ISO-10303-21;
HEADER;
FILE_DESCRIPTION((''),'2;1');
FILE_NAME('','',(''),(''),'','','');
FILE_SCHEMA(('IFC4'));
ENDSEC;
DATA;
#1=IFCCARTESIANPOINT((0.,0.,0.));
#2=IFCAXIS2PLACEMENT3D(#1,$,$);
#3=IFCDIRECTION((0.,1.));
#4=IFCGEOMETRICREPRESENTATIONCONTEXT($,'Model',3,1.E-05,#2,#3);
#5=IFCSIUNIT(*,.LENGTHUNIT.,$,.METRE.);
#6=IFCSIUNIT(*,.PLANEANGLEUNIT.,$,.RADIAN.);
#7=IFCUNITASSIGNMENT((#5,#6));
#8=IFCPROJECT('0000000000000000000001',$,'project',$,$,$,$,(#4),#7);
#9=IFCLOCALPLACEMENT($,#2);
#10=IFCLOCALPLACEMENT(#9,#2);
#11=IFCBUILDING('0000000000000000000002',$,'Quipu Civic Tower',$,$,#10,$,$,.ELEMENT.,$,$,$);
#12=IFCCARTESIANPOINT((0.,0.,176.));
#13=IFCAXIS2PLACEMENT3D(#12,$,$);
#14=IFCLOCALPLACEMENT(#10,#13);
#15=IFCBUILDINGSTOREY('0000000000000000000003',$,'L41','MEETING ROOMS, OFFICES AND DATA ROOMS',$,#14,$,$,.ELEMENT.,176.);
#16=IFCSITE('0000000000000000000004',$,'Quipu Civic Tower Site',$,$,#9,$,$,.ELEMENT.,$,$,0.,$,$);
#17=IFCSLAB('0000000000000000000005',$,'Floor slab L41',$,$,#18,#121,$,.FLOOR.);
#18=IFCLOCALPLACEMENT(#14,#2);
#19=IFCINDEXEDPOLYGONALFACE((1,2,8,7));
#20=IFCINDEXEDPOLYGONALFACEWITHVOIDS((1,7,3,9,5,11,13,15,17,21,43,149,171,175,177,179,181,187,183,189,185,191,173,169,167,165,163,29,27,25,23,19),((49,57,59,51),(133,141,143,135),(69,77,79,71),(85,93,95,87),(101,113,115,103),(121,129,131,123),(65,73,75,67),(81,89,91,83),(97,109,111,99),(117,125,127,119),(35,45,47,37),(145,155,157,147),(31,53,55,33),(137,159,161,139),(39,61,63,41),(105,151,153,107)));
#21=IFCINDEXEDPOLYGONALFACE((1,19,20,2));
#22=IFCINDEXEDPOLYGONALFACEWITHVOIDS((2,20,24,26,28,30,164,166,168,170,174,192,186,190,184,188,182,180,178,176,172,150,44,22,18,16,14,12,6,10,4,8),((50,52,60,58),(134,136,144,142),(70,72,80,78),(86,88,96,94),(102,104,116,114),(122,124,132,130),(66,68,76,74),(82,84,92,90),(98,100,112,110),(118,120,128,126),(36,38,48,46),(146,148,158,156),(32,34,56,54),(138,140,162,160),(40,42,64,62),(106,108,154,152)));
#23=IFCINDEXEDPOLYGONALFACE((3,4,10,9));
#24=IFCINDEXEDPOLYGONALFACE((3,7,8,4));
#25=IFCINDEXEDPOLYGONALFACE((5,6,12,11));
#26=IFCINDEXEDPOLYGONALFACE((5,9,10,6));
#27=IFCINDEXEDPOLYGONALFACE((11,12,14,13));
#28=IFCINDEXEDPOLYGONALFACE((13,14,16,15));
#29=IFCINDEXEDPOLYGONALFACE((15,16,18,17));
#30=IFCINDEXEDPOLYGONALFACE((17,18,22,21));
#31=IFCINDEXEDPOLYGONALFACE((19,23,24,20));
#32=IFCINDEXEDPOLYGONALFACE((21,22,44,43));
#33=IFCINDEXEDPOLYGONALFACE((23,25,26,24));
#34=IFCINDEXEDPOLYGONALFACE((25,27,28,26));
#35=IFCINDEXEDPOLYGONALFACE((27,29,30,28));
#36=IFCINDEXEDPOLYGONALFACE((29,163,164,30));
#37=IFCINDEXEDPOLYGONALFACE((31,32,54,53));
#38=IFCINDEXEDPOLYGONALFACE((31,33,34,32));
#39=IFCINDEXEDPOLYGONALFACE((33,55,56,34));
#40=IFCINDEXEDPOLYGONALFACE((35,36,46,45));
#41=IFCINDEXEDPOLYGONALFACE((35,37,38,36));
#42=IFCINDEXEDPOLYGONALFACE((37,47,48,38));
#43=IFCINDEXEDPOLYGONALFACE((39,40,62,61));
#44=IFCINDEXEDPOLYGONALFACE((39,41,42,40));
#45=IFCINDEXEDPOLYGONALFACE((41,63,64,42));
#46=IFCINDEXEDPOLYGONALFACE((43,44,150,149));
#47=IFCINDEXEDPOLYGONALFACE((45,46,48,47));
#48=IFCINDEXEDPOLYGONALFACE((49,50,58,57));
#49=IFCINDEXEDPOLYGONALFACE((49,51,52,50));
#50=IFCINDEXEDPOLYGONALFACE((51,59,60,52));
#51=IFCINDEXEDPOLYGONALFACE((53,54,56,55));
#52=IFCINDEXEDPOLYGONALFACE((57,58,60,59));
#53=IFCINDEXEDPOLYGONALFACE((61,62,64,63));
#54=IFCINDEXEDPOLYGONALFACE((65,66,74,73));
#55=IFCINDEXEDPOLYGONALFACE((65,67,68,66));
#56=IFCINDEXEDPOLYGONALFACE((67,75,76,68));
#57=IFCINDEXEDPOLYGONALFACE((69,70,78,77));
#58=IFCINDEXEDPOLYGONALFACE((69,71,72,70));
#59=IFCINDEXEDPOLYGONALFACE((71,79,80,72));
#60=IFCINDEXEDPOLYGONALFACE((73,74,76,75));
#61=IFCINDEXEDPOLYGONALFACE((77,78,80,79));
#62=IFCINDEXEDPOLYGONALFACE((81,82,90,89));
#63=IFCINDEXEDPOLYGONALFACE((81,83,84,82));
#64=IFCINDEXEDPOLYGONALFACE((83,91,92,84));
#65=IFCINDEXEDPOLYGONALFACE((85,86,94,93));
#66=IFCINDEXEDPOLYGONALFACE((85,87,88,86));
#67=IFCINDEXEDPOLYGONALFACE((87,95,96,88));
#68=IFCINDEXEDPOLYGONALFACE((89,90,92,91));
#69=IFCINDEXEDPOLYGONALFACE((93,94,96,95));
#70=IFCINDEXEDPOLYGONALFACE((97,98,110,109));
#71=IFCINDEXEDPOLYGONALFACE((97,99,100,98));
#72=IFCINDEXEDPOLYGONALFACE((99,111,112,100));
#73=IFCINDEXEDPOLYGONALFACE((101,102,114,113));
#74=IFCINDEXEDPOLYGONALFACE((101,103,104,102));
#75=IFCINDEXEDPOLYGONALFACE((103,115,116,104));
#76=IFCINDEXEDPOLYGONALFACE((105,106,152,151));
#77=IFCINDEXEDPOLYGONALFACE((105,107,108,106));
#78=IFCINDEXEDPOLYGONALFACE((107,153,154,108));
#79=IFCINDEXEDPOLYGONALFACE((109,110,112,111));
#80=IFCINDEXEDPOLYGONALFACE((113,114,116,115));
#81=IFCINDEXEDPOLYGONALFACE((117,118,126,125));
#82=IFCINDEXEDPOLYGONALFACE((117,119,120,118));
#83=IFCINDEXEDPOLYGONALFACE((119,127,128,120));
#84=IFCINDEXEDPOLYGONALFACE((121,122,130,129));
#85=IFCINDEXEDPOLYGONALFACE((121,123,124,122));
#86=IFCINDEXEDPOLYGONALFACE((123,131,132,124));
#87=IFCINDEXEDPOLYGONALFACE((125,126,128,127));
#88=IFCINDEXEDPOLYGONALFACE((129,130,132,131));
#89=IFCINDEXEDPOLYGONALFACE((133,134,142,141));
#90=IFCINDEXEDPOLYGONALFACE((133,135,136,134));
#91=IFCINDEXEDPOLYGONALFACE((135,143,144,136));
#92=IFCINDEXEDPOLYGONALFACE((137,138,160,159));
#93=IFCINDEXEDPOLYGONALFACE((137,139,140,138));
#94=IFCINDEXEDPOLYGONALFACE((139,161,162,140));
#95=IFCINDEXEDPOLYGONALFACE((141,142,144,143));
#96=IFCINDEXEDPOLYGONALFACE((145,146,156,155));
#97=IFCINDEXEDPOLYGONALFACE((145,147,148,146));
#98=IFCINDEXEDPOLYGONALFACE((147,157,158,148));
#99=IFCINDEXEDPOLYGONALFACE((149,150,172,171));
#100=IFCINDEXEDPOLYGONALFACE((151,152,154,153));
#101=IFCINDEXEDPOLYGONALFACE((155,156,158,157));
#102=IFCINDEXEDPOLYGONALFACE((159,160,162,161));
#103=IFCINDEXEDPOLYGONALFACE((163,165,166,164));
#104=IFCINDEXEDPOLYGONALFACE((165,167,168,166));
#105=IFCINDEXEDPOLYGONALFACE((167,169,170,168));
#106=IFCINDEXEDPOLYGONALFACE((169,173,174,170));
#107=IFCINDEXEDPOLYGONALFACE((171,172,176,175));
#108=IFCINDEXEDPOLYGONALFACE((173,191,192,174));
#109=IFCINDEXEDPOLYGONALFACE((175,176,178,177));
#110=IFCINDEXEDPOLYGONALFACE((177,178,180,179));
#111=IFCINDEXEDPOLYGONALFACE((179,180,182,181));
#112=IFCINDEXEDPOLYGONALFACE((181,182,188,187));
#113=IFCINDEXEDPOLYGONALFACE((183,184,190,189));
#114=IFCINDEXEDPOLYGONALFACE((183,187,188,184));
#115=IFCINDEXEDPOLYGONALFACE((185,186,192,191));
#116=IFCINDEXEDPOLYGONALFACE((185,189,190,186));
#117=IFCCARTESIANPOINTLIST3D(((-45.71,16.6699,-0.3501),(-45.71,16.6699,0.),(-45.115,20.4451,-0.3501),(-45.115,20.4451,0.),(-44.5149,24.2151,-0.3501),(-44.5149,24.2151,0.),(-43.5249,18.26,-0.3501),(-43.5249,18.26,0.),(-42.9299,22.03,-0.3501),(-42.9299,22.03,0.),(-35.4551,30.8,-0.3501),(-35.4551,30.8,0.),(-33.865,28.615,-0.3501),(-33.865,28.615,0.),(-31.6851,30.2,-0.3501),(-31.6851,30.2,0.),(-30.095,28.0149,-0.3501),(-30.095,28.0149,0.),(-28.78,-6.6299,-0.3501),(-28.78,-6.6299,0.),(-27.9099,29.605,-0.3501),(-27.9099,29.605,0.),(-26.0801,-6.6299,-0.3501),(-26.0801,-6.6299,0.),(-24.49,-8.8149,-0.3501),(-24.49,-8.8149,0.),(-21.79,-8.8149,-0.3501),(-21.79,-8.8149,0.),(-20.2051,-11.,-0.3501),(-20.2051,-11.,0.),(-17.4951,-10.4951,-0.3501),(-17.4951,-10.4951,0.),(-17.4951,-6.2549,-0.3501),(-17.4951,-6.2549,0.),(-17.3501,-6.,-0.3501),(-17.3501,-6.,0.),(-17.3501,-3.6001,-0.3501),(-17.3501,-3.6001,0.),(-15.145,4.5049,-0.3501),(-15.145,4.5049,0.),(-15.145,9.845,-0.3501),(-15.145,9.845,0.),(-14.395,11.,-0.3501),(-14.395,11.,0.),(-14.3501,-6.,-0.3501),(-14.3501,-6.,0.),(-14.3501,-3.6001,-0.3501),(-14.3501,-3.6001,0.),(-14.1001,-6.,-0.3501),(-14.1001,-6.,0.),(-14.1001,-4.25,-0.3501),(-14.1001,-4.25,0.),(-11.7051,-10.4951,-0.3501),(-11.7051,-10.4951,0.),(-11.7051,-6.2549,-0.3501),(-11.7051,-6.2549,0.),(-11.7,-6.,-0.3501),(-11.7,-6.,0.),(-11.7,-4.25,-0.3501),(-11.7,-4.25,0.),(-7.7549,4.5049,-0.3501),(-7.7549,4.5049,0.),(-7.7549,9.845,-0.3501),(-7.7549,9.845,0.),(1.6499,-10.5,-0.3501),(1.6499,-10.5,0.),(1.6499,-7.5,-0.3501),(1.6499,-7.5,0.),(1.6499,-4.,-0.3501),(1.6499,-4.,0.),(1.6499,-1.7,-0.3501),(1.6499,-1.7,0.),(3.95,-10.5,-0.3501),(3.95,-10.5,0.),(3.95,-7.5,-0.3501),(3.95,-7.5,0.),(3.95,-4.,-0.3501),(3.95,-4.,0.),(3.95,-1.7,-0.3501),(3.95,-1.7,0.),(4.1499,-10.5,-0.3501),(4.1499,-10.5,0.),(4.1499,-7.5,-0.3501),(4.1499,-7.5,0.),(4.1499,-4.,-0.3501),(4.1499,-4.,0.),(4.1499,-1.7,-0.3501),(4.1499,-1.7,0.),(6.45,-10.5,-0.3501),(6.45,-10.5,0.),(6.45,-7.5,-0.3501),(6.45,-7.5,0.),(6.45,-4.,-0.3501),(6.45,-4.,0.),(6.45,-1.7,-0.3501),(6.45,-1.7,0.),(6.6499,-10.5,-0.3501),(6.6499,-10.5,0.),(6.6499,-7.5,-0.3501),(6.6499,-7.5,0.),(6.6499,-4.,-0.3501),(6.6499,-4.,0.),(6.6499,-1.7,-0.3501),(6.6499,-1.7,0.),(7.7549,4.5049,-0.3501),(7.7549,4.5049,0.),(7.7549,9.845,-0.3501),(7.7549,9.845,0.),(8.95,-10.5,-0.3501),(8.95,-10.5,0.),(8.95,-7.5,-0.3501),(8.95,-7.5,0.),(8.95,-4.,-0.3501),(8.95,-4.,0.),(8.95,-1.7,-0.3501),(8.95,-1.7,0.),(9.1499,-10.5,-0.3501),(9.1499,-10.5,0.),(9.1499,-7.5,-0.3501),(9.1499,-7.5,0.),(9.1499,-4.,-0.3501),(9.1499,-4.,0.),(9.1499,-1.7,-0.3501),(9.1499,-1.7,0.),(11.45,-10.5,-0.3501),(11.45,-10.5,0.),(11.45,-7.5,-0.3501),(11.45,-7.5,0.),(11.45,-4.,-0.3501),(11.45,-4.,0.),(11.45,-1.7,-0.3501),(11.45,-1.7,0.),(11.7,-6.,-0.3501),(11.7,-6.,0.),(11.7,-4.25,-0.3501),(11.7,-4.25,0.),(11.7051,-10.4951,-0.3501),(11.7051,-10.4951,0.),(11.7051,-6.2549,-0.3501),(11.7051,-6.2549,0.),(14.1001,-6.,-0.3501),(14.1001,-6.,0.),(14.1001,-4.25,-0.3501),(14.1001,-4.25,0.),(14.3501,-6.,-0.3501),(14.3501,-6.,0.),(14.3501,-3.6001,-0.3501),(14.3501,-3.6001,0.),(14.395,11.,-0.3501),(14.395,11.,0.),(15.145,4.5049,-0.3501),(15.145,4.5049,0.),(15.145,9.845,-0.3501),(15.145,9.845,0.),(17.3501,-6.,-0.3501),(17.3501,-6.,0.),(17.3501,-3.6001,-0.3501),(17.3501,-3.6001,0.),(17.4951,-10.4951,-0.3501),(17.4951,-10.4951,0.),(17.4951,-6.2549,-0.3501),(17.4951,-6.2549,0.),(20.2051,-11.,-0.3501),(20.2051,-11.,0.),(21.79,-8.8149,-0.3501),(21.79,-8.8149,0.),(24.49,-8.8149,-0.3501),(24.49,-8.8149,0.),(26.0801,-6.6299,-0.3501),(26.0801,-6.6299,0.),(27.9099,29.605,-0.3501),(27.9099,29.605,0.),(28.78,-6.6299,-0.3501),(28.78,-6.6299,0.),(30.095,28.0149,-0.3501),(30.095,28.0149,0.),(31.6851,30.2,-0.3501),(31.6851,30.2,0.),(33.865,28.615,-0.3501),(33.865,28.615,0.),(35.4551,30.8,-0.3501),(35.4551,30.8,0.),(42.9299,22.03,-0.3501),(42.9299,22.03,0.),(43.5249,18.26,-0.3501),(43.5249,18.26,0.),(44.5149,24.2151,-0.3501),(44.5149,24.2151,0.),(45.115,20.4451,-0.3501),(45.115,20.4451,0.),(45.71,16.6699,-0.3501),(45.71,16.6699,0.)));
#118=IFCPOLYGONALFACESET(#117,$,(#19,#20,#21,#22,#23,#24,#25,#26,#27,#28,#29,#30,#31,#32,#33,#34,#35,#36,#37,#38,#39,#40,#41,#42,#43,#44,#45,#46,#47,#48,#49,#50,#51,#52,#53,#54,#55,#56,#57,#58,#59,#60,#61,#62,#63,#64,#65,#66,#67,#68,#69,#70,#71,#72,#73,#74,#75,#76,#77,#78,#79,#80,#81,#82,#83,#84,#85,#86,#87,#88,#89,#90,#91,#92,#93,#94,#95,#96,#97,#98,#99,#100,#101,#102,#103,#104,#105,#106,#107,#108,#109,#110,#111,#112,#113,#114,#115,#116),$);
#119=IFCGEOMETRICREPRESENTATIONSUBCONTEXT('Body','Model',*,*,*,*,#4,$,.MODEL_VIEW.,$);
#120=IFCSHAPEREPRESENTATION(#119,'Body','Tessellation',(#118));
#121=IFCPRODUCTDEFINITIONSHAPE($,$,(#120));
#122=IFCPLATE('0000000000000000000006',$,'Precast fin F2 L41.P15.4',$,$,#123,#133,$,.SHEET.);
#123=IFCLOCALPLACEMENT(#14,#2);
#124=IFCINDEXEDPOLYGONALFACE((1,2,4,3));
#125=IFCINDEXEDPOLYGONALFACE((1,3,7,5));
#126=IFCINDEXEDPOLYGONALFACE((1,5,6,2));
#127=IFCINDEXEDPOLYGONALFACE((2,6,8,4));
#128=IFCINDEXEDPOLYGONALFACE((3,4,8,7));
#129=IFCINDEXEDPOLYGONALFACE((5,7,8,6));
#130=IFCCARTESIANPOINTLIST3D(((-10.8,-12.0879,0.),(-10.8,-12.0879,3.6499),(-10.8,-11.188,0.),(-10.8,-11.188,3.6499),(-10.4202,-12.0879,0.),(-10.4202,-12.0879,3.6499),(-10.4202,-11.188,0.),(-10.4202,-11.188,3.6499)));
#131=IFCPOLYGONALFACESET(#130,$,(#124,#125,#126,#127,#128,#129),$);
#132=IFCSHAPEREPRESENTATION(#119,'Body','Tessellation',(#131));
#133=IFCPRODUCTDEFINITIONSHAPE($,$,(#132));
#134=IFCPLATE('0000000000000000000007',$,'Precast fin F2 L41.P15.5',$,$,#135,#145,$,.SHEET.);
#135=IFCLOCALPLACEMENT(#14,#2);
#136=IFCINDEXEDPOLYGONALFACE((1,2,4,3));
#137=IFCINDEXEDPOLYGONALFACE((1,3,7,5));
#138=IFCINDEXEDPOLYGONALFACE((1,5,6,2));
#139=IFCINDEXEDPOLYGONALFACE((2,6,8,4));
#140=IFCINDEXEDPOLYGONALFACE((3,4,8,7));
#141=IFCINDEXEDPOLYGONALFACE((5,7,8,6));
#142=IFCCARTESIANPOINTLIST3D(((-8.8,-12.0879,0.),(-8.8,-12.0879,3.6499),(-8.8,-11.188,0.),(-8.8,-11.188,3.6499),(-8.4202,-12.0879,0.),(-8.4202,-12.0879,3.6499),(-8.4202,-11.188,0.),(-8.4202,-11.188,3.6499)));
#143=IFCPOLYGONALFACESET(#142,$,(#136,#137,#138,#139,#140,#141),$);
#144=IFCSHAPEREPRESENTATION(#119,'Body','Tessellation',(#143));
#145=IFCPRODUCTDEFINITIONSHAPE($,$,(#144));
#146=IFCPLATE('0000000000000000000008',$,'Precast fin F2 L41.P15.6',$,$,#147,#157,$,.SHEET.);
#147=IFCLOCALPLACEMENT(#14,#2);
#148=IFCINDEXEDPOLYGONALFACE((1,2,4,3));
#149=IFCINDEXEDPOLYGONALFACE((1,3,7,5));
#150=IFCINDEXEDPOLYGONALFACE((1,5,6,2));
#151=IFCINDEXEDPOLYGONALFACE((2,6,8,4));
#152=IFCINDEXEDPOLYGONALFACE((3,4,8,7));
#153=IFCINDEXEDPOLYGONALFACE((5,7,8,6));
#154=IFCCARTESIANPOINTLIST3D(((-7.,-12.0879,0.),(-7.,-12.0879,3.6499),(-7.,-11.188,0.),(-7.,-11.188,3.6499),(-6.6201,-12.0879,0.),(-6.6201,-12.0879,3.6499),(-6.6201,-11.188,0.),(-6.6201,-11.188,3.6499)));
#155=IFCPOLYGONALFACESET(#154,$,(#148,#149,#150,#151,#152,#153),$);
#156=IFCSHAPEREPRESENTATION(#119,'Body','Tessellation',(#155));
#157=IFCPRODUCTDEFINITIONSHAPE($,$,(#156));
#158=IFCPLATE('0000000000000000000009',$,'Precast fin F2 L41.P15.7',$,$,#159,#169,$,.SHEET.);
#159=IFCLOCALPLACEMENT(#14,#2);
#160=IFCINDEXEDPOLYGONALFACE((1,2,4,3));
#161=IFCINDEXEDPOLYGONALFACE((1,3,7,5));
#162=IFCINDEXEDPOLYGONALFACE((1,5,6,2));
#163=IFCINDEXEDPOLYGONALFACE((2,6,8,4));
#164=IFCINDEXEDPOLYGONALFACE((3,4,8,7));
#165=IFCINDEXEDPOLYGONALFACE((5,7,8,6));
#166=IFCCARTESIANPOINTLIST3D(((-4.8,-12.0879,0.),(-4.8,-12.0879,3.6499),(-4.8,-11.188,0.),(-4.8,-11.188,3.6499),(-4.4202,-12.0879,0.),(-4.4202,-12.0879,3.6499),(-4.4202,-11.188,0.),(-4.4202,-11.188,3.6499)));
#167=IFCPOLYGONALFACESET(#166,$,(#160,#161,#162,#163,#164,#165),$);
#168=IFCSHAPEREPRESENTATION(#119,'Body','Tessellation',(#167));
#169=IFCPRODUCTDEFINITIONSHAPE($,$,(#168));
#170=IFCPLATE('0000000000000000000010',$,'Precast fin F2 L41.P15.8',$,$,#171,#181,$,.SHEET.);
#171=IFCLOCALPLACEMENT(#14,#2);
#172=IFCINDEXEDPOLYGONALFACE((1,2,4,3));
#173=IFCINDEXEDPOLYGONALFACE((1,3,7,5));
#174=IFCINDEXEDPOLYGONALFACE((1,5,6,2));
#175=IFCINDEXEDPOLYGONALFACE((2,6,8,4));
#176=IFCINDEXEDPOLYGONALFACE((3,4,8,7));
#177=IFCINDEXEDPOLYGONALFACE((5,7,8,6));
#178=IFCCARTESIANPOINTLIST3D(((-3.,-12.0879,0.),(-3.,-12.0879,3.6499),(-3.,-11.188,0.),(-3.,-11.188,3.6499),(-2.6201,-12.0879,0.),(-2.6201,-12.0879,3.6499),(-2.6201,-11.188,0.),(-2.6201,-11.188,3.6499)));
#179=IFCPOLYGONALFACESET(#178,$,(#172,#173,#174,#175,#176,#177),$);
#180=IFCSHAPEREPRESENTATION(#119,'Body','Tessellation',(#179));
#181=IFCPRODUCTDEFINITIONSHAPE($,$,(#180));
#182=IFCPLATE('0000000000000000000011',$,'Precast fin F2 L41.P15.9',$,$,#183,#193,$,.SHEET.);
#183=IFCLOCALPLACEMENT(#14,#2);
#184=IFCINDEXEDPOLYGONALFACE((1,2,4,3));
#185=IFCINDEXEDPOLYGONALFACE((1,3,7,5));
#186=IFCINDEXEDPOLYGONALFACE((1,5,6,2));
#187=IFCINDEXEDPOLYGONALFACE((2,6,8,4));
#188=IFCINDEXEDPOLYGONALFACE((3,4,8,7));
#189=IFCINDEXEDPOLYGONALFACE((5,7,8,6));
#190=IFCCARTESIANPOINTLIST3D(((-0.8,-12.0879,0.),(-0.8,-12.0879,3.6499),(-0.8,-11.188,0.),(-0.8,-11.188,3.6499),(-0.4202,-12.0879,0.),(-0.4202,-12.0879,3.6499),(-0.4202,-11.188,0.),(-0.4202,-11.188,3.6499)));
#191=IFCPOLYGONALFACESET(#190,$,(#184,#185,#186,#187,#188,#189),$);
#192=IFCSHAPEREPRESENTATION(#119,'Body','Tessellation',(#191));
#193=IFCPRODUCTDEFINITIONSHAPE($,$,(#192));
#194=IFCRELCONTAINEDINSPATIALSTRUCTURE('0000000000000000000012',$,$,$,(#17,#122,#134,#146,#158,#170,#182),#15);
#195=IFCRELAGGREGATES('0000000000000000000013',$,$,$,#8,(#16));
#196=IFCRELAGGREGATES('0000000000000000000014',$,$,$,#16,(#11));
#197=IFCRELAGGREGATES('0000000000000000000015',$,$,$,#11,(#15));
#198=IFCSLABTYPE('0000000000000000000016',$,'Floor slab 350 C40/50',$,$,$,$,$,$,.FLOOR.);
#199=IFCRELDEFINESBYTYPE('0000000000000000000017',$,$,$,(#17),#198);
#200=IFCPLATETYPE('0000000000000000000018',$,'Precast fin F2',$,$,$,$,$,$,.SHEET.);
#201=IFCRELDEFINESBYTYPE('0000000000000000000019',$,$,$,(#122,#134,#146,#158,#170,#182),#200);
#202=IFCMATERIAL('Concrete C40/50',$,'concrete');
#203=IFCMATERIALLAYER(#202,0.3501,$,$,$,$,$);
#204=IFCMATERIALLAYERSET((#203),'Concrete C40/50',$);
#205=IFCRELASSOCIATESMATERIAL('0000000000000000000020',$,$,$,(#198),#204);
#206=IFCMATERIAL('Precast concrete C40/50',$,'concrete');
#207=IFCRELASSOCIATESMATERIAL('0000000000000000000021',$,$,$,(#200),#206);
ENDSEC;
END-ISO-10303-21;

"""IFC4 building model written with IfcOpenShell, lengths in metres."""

from ifc_helpers import new_model, si_unit, direction, frame, origin, origin_2d, place, context, subcontext, project, spatial, polyline, rectangle, outline, extrude, material, layer, layer_set, type_object, element, save


model = new_model("IFC4")

# Units and contexts
model_context = context("Model", 3, precision=1e-05, world=origin(), true_north=direction((0.0, 1.0)))
body_context = subcontext(model_context, "Body", "Model", "MODEL_VIEW")
ifc_project = project(units=[si_unit("LENGTHUNIT", "METRE"), si_unit("PLANEANGLEUNIT", "RADIAN")], contexts=[model_context])

# Site, building, storey
site_placement = place(None, origin())
site = spatial("IfcSite", under=ifc_project, at=site_placement, Name="Quipu Civic Tower Site", CompositionType="ELEMENT", RefElevation=0.0)
building_placement = place(site_placement, origin())
building = spatial("IfcBuilding", under=site, at=building_placement, Name="Quipu Civic Tower", CompositionType="ELEMENT")
storey_placement = place(building_placement, frame((0.0, 0.0, 176.0)))
storey = spatial("IfcBuildingStorey", under=building, at=storey_placement, Name="L41", Description="MEETING ROOMS, OFFICES AND DATA ROOMS", CompositionType="ELEMENT", Elevation=176.0)

# Slab
ifc_material_1 = material(Name="Concrete C40/50", Category="concrete")
ifc_layer_1 = layer(ifc_material_1, 0.3501)
ifc_layer_set_1 = layer_set([ifc_layer_1], Name="Concrete C40/50")
slab_type_1 = type_object("IfcSlabType", Name="Floor slab 350 C40/50", PredefinedType="FLOOR", material=ifc_layer_set_1)
slab_1_placement = place(storey_placement, frame((0.0, 0.0, -0.3501)))
element("IfcSlab", 1, at=slab_1_placement, inside=storey, type_object=slab_type_1, Name="Floor slab L41", PredefinedType="FLOOR", context=body_context, shape_type="SweptSolid", body=[
    extrude(outline(polyline([(27.9099, 29.605), (30.095, 28.0149), (31.6851, 30.2), (33.865, 28.615), (35.4551, 30.8), (44.5149, 24.2151), (42.9299, 22.03), (45.115, 20.4451), (43.5249, 18.26), (45.71, 16.6699), (28.78, -6.6299), (26.0801, -6.6299), (24.49, -8.8149), (21.79, -8.8149), (20.2051, -11.0), (-20.2051, -11.0), (-21.79, -8.8149), (-24.49, -8.8149), (-26.0801, -6.6299), (-28.78, -6.6299), (-45.71, 16.6699), (-43.5249, 18.26), (-45.115, 20.4451), (-42.9299, 22.03), (-44.5149, 24.2151), (-35.4551, 30.8), (-33.865, 28.615), (-31.6851, 30.2), (-30.095, 28.0149), (-27.9099, 29.605), (-14.395, 11.0), (14.395, 11.0), (27.9099, 29.605)]), holes=[polyline([(1.6499, -7.5), (1.6499, -10.5), (3.95, -10.5), (3.95, -7.5), (1.6499, -7.5)]), polyline([(4.1499, -7.5), (4.1499, -10.5), (6.45, -10.5), (6.45, -7.5), (4.1499, -7.5)]), polyline([(-11.7051, -6.2549), (-17.4951, -6.2549), (-17.4951, -10.4951), (-11.7051, -10.4951), (-11.7051, -6.2549)]), polyline([(-14.1001, -4.25), (-14.1001, -6.0), (-11.7, -6.0), (-11.7, -4.25), (-14.1001, -4.25)]), polyline([(-17.3501, -3.6001), (-17.3501, -6.0), (-14.3501, -6.0), (-14.3501, -3.6001), (-17.3501, -3.6001)]), polyline([(1.6499, -1.7), (1.6499, -4.0), (3.95, -4.0), (3.95, -1.7), (1.6499, -1.7)]), polyline([(4.1499, -1.7), (4.1499, -4.0), (6.45, -4.0), (6.45, -1.7), (4.1499, -1.7)]), polyline([(-7.7549, 9.845), (-15.145, 9.845), (-15.145, 4.5049), (-7.7549, 4.5049), (-7.7549, 9.845)]), polyline([(6.6499, -7.5), (6.6499, -10.5), (8.95, -10.5), (8.95, -7.5), (6.6499, -7.5)]), polyline([(9.1499, -7.5), (9.1499, -10.5), (11.45, -10.5), (11.45, -7.5), (9.1499, -7.5)]), polyline([(11.7051, -10.4951), (17.4951, -10.4951), (17.4951, -6.2549), (11.7051, -6.2549), (11.7051, -10.4951)]), polyline([(11.7, -4.25), (11.7, -6.0), (14.1001, -6.0), (14.1001, -4.25), (11.7, -4.25)]), polyline([(14.3501, -3.6001), (14.3501, -6.0), (17.3501, -6.0), (17.3501, -3.6001), (14.3501, -3.6001)]), polyline([(6.6499, -1.7), (6.6499, -4.0), (8.95, -4.0), (8.95, -1.7), (6.6499, -1.7)]), polyline([(9.1499, -1.7), (9.1499, -4.0), (11.45, -4.0), (11.45, -1.7), (9.1499, -1.7)]), polyline([(7.7549, 4.5049), (15.145, 4.5049), (15.145, 9.845), (7.7549, 9.845), (7.7549, 4.5049)])]), origin(), (0.0, 0.0, 1.0), 0.3501),
])

# Plates
ifc_material_2 = material(Name="Precast concrete C40/50", Category="concrete")
plate_type = type_object("IfcPlateType", Name="Precast fin F2", PredefinedType="SHEET", material=ifc_material_2)
for number, where, z_axis, x_axis, name in (
    (2, (-10.6101, -11.6379, 0.0), (0.0, 0.0, 1.0), (1.0, 0.0, 0.0), "Precast fin F2 L41.P15.4"),
    (3, (-8.6101, -11.6379, 0.0), (0.0, 0.0, 1.0), (1.0, 0.0, 0.0), "Precast fin F2 L41.P15.5"),
    (4, (-6.8101, -11.6379, 0.0), (0.0, 0.0, 1.0), (1.0, 0.0, 0.0), "Precast fin F2 L41.P15.6"),
    (5, (-4.6101, -11.6379, 0.0), (0.0, 0.0, 1.0), (1.0, 0.0, 0.0), "Precast fin F2 L41.P15.7"),
    (6, (-2.8101, -11.6379, 0.0), (0.0, 0.0, 1.0), (1.0, 0.0, 0.0), "Precast fin F2 L41.P15.8"),
    (7, (-0.6101, -11.6379, 0.0), (0.0, 0.0, 1.0), (1.0, 0.0, 0.0), "Precast fin F2 L41.P15.9"),
):
    element("IfcPlate", number, at=place(storey_placement, frame(where, z_axis=z_axis, x_axis=x_axis)), inside=storey, type_object=plate_type, Name=name, PredefinedType="SHEET", context=body_context, shape_type="SweptSolid", body=[
        extrude(rectangle(XDim=0.3799, YDim=0.8999, at=origin_2d()), origin(), (0.0, 0.0, 1.0), 3.6499),
    ])

save(model, "model.ifc")
